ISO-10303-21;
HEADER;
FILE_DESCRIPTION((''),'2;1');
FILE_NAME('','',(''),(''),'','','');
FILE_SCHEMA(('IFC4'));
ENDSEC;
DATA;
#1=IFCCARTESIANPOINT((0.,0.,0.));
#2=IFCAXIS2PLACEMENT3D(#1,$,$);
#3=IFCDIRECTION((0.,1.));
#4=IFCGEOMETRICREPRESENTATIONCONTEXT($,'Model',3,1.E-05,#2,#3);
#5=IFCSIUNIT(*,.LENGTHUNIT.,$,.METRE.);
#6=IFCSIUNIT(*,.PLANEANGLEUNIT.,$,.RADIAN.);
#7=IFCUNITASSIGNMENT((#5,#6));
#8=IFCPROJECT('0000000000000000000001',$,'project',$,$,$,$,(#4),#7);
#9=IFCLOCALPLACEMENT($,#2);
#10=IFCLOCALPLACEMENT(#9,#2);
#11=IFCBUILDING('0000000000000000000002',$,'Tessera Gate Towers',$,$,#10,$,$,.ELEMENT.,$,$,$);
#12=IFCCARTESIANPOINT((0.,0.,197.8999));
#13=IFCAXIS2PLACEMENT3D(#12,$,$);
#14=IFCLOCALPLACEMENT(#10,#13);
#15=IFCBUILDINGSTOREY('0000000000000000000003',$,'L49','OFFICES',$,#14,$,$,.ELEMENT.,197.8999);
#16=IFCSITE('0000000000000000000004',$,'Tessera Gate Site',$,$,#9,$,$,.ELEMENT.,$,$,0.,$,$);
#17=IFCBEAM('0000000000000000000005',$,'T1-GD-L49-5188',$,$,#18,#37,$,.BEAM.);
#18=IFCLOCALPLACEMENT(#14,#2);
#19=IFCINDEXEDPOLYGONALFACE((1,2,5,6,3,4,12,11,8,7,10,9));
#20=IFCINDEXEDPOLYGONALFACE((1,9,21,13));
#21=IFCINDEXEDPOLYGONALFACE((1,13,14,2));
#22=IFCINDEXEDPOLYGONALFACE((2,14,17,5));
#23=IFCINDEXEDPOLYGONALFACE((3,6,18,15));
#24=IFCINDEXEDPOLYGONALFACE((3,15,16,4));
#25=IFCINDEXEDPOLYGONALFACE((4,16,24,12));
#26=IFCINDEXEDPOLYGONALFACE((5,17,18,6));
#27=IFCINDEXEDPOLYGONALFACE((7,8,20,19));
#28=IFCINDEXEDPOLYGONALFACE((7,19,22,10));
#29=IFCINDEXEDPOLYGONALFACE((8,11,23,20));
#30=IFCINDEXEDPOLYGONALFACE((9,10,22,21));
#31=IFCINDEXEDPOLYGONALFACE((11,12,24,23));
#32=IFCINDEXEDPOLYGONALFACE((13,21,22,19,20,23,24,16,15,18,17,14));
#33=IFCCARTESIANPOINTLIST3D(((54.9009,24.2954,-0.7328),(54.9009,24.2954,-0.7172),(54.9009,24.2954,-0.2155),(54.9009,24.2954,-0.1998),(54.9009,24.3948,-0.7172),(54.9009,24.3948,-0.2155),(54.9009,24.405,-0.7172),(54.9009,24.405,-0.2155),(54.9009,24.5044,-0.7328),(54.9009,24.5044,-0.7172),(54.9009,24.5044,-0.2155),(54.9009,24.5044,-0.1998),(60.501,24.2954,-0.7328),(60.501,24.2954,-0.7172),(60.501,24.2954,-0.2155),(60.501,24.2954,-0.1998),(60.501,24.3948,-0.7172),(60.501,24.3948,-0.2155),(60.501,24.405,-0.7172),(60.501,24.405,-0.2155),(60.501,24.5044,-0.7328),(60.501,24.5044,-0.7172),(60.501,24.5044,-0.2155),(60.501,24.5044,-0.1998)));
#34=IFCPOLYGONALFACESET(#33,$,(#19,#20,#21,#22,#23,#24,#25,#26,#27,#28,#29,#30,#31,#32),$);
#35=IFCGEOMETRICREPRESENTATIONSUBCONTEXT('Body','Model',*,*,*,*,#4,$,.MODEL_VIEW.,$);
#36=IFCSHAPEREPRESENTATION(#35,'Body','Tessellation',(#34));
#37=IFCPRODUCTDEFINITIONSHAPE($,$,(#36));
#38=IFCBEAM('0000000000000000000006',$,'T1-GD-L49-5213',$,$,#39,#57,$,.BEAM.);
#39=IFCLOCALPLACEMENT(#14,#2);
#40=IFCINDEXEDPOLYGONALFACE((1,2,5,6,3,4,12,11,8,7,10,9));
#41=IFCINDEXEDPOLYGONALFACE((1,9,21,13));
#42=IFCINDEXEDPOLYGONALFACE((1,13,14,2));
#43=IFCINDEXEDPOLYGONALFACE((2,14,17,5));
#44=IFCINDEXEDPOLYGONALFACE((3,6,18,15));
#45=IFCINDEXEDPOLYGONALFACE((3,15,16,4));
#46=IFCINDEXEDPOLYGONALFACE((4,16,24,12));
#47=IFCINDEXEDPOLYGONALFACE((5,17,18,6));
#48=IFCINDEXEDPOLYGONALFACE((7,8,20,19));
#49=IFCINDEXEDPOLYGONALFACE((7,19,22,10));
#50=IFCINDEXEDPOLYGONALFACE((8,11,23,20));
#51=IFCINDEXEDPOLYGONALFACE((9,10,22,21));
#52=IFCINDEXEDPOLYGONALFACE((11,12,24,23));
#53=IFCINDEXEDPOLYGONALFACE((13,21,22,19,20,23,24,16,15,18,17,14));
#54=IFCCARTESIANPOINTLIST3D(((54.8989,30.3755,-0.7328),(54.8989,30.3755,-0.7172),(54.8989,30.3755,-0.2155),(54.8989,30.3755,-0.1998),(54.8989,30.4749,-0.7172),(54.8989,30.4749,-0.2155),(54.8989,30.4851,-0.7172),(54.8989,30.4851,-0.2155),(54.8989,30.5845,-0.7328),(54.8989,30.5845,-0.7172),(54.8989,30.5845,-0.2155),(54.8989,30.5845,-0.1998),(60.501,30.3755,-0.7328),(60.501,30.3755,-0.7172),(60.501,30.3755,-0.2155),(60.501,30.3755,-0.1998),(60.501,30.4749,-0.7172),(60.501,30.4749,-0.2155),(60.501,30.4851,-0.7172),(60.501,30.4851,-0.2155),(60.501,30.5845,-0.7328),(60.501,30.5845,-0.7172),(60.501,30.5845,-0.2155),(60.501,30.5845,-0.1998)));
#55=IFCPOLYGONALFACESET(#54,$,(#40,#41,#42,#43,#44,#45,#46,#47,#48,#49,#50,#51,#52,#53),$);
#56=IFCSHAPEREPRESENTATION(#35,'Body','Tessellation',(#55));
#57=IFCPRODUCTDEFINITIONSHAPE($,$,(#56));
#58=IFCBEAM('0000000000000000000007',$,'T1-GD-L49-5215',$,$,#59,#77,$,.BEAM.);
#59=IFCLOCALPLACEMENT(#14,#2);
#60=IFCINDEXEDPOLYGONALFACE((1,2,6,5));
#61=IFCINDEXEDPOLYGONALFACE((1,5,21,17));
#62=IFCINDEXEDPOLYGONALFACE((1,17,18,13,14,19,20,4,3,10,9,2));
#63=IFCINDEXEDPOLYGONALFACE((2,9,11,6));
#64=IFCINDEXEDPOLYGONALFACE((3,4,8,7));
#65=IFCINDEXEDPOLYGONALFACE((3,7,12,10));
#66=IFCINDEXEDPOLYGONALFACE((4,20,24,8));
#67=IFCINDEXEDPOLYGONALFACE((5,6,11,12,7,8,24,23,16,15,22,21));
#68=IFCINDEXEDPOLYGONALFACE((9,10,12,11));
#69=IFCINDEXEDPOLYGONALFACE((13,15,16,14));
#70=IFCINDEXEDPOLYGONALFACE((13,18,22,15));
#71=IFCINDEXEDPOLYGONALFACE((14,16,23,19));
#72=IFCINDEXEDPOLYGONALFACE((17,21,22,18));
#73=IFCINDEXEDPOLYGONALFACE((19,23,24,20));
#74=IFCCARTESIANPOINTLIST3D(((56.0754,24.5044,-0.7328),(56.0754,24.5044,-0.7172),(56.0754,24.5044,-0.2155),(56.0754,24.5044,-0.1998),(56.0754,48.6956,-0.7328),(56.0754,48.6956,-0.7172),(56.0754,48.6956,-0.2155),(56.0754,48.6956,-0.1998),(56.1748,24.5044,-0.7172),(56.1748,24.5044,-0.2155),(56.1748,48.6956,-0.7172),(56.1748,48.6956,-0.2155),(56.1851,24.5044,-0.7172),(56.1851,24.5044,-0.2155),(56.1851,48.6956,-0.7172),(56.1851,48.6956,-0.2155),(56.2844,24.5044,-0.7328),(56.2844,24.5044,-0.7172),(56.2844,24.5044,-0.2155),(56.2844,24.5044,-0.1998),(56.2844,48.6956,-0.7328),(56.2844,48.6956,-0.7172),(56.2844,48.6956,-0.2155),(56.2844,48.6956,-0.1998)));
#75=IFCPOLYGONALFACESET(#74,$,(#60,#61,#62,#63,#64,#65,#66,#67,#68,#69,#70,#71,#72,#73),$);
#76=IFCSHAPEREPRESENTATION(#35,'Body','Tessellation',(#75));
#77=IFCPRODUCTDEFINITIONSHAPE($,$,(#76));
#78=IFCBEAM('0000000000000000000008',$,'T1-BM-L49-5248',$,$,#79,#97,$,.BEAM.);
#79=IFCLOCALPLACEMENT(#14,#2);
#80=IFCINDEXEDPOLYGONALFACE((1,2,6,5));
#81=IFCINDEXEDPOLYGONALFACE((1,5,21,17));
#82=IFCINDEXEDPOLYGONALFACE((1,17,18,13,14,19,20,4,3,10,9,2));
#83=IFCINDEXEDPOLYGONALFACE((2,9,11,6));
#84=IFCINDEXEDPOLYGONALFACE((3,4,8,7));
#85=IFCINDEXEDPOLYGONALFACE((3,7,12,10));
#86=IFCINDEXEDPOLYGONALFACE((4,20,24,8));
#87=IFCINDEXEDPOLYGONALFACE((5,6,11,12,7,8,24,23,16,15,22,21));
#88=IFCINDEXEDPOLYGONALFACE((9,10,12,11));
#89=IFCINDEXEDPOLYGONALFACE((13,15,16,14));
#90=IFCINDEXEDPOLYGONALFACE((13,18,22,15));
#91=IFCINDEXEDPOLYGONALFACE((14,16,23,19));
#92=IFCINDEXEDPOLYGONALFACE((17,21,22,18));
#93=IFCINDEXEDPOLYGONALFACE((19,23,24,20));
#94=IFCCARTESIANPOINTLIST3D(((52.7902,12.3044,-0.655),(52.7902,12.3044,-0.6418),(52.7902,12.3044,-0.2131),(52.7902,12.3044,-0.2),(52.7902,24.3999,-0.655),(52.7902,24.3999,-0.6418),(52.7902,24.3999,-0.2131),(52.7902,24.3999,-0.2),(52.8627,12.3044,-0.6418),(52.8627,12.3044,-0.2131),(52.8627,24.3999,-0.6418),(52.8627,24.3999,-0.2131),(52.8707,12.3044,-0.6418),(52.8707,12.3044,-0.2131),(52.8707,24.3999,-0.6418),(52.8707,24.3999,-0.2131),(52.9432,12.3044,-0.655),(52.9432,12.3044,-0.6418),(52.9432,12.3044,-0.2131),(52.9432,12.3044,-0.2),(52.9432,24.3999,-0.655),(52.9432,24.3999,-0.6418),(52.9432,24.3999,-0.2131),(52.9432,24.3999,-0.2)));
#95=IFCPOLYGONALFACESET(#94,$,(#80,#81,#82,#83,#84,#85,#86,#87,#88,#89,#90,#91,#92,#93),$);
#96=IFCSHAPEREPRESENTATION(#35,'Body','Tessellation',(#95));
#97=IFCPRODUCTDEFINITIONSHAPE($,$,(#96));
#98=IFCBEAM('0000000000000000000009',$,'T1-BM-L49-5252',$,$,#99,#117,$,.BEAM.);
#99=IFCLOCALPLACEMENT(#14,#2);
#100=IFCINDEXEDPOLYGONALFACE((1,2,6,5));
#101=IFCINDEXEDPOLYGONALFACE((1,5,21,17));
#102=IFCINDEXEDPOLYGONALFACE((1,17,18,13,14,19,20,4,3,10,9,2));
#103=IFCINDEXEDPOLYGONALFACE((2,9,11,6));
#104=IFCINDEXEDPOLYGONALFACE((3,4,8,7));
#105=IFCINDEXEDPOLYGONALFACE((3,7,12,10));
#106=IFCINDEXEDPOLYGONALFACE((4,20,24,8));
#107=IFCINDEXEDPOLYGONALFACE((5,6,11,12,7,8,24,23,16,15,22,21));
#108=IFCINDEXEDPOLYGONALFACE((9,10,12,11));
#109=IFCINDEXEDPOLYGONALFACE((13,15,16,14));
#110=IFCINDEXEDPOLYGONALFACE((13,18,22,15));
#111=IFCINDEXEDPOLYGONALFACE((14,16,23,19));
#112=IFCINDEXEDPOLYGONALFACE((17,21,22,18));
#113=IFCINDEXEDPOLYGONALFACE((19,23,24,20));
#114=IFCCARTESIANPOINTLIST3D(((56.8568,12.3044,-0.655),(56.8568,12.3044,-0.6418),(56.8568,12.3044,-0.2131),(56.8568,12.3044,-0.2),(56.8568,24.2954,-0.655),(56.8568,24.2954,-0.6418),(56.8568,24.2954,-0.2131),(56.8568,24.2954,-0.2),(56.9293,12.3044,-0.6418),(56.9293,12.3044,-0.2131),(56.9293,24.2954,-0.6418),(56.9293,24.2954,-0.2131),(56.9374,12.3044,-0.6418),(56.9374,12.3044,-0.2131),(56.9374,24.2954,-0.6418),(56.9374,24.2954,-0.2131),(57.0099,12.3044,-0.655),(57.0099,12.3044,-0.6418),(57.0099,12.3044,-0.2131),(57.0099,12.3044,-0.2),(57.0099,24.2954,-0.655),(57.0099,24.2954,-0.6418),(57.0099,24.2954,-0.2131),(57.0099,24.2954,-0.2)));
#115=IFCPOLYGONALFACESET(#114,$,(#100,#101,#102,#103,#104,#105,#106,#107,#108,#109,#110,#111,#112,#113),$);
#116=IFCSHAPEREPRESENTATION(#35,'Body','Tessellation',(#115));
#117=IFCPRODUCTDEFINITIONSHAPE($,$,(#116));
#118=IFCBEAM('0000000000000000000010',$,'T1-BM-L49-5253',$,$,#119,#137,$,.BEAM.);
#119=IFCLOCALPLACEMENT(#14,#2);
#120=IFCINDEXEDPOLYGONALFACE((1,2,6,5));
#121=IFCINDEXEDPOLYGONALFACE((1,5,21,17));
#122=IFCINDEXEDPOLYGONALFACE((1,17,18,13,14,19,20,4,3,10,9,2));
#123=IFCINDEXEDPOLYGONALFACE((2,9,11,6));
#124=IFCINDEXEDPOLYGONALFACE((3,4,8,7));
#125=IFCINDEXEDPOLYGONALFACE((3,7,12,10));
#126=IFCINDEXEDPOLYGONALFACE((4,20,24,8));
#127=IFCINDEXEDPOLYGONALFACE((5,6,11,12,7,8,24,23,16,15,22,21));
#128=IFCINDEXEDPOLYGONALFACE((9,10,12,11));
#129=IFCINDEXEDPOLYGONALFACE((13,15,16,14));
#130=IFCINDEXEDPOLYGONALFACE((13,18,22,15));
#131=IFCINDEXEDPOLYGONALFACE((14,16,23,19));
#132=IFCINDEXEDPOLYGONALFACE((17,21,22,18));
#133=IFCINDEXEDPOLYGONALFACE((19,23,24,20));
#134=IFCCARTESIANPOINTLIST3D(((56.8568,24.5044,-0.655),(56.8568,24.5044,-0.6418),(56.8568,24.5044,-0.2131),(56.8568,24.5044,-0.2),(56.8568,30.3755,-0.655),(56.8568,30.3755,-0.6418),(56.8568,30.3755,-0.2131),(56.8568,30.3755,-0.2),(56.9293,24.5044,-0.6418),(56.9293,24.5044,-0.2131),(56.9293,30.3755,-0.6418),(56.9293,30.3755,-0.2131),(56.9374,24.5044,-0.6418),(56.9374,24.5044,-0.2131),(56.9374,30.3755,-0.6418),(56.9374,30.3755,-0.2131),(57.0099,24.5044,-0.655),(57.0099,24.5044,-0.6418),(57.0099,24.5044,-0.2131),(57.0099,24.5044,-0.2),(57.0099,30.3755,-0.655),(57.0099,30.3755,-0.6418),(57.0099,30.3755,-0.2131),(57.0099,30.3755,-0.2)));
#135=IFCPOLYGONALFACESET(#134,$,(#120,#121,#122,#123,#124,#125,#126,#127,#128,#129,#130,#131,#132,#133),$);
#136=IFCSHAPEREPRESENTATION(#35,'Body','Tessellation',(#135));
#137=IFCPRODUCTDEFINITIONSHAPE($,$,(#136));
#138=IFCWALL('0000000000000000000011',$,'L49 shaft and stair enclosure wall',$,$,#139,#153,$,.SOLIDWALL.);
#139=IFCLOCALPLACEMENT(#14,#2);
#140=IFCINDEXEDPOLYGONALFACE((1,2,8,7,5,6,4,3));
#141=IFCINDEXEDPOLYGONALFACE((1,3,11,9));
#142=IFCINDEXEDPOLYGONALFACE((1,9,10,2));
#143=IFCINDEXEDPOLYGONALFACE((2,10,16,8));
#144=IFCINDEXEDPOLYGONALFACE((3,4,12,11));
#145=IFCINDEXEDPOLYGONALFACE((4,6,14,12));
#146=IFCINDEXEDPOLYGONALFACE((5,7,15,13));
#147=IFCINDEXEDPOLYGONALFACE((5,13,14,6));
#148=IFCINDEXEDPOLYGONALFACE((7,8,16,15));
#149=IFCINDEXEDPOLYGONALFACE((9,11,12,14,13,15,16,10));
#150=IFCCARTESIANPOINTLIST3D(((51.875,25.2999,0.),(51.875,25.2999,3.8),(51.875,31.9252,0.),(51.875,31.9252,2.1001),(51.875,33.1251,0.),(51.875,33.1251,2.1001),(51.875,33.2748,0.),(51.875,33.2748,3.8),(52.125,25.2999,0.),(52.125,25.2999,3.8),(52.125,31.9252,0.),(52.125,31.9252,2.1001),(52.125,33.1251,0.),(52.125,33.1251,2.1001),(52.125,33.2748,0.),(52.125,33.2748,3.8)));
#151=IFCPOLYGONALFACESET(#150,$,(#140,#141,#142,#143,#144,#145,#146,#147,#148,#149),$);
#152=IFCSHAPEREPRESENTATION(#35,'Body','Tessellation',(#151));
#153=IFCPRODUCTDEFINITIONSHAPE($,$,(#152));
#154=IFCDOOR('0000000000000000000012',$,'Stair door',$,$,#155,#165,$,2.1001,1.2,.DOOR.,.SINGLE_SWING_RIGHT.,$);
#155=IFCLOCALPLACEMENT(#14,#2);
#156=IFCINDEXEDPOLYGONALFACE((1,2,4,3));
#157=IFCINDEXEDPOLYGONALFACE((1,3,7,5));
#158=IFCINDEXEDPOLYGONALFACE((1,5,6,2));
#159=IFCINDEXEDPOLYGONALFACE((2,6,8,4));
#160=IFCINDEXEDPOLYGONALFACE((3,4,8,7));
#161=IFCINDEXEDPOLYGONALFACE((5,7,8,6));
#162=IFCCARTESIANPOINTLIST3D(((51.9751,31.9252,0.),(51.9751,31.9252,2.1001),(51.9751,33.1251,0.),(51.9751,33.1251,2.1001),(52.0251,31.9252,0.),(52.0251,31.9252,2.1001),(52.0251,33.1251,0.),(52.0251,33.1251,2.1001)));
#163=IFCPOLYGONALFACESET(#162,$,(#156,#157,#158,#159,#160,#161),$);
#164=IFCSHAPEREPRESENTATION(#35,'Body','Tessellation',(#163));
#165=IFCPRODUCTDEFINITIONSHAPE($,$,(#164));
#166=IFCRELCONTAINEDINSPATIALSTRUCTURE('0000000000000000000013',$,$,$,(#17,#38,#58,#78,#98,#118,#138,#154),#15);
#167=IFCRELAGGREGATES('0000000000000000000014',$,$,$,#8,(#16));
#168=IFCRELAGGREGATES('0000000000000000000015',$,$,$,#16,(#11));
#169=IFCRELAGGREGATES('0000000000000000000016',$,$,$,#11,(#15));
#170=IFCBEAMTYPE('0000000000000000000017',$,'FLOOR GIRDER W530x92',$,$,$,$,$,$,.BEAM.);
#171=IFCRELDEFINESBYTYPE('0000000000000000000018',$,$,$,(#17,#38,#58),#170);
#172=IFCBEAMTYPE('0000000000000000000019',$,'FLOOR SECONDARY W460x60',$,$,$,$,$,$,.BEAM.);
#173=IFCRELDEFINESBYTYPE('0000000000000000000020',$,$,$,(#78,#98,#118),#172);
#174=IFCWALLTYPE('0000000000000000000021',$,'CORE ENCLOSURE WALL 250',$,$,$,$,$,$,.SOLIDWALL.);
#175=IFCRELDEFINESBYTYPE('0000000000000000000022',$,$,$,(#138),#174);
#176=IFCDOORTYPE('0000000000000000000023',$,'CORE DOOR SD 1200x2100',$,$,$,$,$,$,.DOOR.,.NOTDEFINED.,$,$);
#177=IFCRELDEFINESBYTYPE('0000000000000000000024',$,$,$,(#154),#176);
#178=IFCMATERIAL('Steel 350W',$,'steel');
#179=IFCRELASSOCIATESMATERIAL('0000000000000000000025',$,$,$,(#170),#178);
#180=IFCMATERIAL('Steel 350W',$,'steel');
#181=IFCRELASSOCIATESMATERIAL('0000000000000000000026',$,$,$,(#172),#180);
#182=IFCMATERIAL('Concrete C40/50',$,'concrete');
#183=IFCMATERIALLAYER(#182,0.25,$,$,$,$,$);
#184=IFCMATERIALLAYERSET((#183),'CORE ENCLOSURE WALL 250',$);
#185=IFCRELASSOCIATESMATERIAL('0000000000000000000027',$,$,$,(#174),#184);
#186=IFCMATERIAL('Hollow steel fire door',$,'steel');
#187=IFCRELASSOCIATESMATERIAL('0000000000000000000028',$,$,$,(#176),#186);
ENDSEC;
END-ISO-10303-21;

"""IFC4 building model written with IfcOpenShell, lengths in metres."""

from ifc_helpers import new_model, si_unit, direction, frame, frame_2d, origin, origin_2d, place, context, subcontext, project, spatial, rectangle, i_section, extrude, source, transform, mapped, material, layer, layer_set, material_profile, profile_set, type_object, element, fill, save


model = new_model("IFC4")

# Units and contexts
model_context = context("Model", 3, precision=1e-05, world=origin(), true_north=direction((0.0, 1.0)))
body_context = subcontext(model_context, "Body", "Model", "MODEL_VIEW")
ifc_project = project(units=[si_unit("LENGTHUNIT", "METRE"), si_unit("PLANEANGLEUNIT", "RADIAN")], contexts=[model_context])

# Site, building, storey
site_placement = place(None, origin())
site = spatial("IfcSite", under=ifc_project, at=site_placement, Name="Tessera Gate Site", CompositionType="ELEMENT", RefElevation=0.0)
building_placement = place(site_placement, origin())
building = spatial("IfcBuilding", under=site, at=building_placement, Name="Tessera Gate Towers", CompositionType="ELEMENT")
storey_placement = place(building_placement, frame((0.0, 0.0, 197.8999)))
storey = spatial("IfcBuildingStorey", under=building, at=storey_placement, Name="L49", Description="OFFICES", CompositionType="ELEMENT", Elevation=197.8999)

# Beams
ifc_material_1 = material(Name="Steel 350W", Category="steel")
ifc_material_profile_1 = material_profile(ifc_material_1, i_section(OverallWidth=0.209, OverallDepth=0.533, WebThickness=0.0103, FlangeThickness=0.0156, at=origin_2d()), Name="W530x92")
ifc_profile_set_1 = profile_set([ifc_material_profile_1], Name="Steel 350W")
beam_type_1 = type_object("IfcBeamType", Name="FLOOR GIRDER W530x92", PredefinedType="BEAM", material=ifc_profile_set_1)
beam_1_placement = place(storey_placement, frame((54.9009, 24.3999, -0.4663), z_axis=(1.0, 0.0, 0.0), x_axis=(0.0, 1.0, 0.0)))
element("IfcBeam", 1, at=beam_1_placement, inside=storey, type_object=beam_type_1, Name="T1-GD-L49-5188", PredefinedType="BEAM", context=body_context, shape_type="SweptSolid", body=[
    extrude(i_section(OverallWidth=0.209, OverallDepth=0.533, WebThickness=0.0103, FlangeThickness=0.0156, at=origin_2d()), origin(), (0.0, 0.0, 1.0), 5.6001),
])
beam_2_placement = place(storey_placement, frame((54.8989, 30.48, -0.4663), z_axis=(1.0, 0.0, 0.0), x_axis=(0.0, 1.0, 0.0)))
element("IfcBeam", 2, at=beam_2_placement, inside=storey, type_object=beam_type_1, Name="T1-GD-L49-5213", PredefinedType="BEAM", context=body_context, shape_type="SweptSolid", body=[
    extrude(i_section(OverallWidth=0.209, OverallDepth=0.533, WebThickness=0.0103, FlangeThickness=0.0156, at=origin_2d()), origin(), (0.0, 0.0, 1.0), 5.6021),
])
beam_3_placement = place(storey_placement, frame((56.1799, 24.5044, -0.4663), z_axis=(0.0, 1.0, 0.0), x_axis=(-1.0, 0.0, 0.0)))
element("IfcBeam", 3, at=beam_3_placement, inside=storey, type_object=beam_type_1, Name="T1-GD-L49-5215", PredefinedType="BEAM", context=body_context, shape_type="SweptSolid", body=[
    extrude(i_section(OverallWidth=0.209, OverallDepth=0.533, WebThickness=0.0103, FlangeThickness=0.0156, at=origin_2d()), origin(), (0.0, 0.0, 1.0), 24.1912),
])
ifc_material_2 = material(Name="Steel 350W", Category="steel")
ifc_material_profile_2 = material_profile(ifc_material_2, i_section(OverallWidth=0.1531, OverallDepth=0.4551, WebThickness=0.0081, FlangeThickness=0.0132, at=origin_2d()), Name="W460x60")
ifc_profile_set_2 = profile_set([ifc_material_profile_2], Name="Steel 350W")
beam_type_2 = type_object("IfcBeamType", Name="FLOOR SECONDARY W460x60", PredefinedType="BEAM", material=ifc_profile_set_2)
beam_4_placement = place(storey_placement, frame((52.8667, 12.3044, -0.4275), z_axis=(0.0, 1.0, 0.0), x_axis=(-1.0, 0.0, 0.0)))
element("IfcBeam", 4, at=beam_4_placement, inside=storey, type_object=beam_type_2, Name="T1-BM-L49-5248", PredefinedType="BEAM", context=body_context, shape_type="SweptSolid", body=[
    extrude(i_section(OverallWidth=0.1531, OverallDepth=0.4551, WebThickness=0.0081, FlangeThickness=0.0132, at=origin_2d()), origin(), (0.0, 0.0, 1.0), 12.0955),
])
beam_5_placement = place(storey_placement, frame((56.9333, 12.3044, -0.4275), z_axis=(0.0, 1.0, 0.0), x_axis=(-1.0, 0.0, 0.0)))
element("IfcBeam", 5, at=beam_5_placement, inside=storey, type_object=beam_type_2, Name="T1-BM-L49-5252", PredefinedType="BEAM", context=body_context, shape_type="SweptSolid", body=[
    extrude(i_section(OverallWidth=0.1531, OverallDepth=0.4551, WebThickness=0.0081, FlangeThickness=0.0132, at=origin_2d()), origin(), (0.0, 0.0, 1.0), 11.991),
])
beam_6_placement = place(storey_placement, frame((56.9333, 24.5044, -0.4275), z_axis=(0.0, 1.0, 0.0), x_axis=(-1.0, 0.0, 0.0)))
element("IfcBeam", 6, at=beam_6_placement, inside=storey, type_object=beam_type_2, Name="T1-BM-L49-5253", PredefinedType="BEAM", context=body_context, shape_type="SweptSolid", body=[
    extrude(i_section(OverallWidth=0.1531, OverallDepth=0.4551, WebThickness=0.0081, FlangeThickness=0.0132, at=origin_2d()), origin(), (0.0, 0.0, 1.0), 5.8711),
])

# Wall, opening, door
ifc_material_3 = material(Name="Concrete C40/50", Category="concrete")
ifc_layer_1 = layer(ifc_material_3, 0.25)
ifc_layer_set_1 = layer_set([ifc_layer_1], Name="CORE ENCLOSURE WALL 250")
wall_type_1 = type_object("IfcWallType", Name="CORE ENCLOSURE WALL 250", PredefinedType="SOLIDWALL", material=ifc_layer_set_1)
wall_1_placement = place(storey_placement, frame((52.0, 25.3, 0.0), z_axis=(0.0, 0.0, 1.0), x_axis=(0.0, 1.0, 0.0)))
wall_1 = element("IfcWall", 7, at=wall_1_placement, inside=storey, type_object=wall_type_1, Name="L49 shaft and stair enclosure wall", PredefinedType="SOLIDWALL", context=body_context, shape_type="SweptSolid", body=[
    extrude(rectangle(XDim=7.9749, YDim=0.25, at=frame_2d((3.9873, 0.0))), origin(), (0.0, 0.0, 1.0), 3.8),
])
shared_shape_1 = source(origin(), body_context, "Body", "SweptSolid", [
    extrude(rectangle(XDim=1.2, YDim=2.1001, at=frame_2d((0.6001, 1.05))), frame((0.0, 0.135, 0.0), z_axis=(0.0, -1.0, 0.0), x_axis=(1.0, 0.0, 0.0)), (0.0, 0.0, 1.0), 0.27),
])
opening_1_placement = place(wall_1_placement, frame((6.625, 0.0, 0.0)))
opening_1 = element("IfcOpeningElement", 8, at=opening_1_placement, cuts=wall_1, PredefinedType="OPENING", context=body_context, shape_type="MappedRepresentation", body=[
    mapped(shared_shape_1, transform((0.0, 0.0, 0.0), scale=1.0)),
])
ifc_material_4 = material(Name="Hollow steel fire door", Category="steel")
door_type_1 = type_object("IfcDoorType", Name="CORE DOOR SD 1200x2100", OperationType="NOTDEFINED", PredefinedType="DOOR", material=ifc_material_4)
shared_shape_2 = source(origin(), body_context, "Body", "SweptSolid", [
    extrude(rectangle(XDim=1.2, YDim=2.1001, at=frame_2d((0.6001, 1.05))), frame((0.0, 0.0249, 0.0), z_axis=(0.0, -1.0, 0.0), x_axis=(1.0, 0.0, 0.0)), (0.0, 0.0, 1.0), 0.05),
])
door_1_placement = place(opening_1_placement, origin())
door_1 = element("IfcDoor", 9, at=door_1_placement, inside=storey, type_object=door_type_1, Name="Stair door", OperationType="SINGLE_SWING_RIGHT", OverallHeight=2.1001, OverallWidth=1.2, PredefinedType="DOOR", context=body_context, shape_type="MappedRepresentation", body=[
    mapped(shared_shape_2, transform((0.0, 0.0, 0.0), scale=1.0)),
])
fill(opening_1, door_1)

save(model, "model.ifc")
